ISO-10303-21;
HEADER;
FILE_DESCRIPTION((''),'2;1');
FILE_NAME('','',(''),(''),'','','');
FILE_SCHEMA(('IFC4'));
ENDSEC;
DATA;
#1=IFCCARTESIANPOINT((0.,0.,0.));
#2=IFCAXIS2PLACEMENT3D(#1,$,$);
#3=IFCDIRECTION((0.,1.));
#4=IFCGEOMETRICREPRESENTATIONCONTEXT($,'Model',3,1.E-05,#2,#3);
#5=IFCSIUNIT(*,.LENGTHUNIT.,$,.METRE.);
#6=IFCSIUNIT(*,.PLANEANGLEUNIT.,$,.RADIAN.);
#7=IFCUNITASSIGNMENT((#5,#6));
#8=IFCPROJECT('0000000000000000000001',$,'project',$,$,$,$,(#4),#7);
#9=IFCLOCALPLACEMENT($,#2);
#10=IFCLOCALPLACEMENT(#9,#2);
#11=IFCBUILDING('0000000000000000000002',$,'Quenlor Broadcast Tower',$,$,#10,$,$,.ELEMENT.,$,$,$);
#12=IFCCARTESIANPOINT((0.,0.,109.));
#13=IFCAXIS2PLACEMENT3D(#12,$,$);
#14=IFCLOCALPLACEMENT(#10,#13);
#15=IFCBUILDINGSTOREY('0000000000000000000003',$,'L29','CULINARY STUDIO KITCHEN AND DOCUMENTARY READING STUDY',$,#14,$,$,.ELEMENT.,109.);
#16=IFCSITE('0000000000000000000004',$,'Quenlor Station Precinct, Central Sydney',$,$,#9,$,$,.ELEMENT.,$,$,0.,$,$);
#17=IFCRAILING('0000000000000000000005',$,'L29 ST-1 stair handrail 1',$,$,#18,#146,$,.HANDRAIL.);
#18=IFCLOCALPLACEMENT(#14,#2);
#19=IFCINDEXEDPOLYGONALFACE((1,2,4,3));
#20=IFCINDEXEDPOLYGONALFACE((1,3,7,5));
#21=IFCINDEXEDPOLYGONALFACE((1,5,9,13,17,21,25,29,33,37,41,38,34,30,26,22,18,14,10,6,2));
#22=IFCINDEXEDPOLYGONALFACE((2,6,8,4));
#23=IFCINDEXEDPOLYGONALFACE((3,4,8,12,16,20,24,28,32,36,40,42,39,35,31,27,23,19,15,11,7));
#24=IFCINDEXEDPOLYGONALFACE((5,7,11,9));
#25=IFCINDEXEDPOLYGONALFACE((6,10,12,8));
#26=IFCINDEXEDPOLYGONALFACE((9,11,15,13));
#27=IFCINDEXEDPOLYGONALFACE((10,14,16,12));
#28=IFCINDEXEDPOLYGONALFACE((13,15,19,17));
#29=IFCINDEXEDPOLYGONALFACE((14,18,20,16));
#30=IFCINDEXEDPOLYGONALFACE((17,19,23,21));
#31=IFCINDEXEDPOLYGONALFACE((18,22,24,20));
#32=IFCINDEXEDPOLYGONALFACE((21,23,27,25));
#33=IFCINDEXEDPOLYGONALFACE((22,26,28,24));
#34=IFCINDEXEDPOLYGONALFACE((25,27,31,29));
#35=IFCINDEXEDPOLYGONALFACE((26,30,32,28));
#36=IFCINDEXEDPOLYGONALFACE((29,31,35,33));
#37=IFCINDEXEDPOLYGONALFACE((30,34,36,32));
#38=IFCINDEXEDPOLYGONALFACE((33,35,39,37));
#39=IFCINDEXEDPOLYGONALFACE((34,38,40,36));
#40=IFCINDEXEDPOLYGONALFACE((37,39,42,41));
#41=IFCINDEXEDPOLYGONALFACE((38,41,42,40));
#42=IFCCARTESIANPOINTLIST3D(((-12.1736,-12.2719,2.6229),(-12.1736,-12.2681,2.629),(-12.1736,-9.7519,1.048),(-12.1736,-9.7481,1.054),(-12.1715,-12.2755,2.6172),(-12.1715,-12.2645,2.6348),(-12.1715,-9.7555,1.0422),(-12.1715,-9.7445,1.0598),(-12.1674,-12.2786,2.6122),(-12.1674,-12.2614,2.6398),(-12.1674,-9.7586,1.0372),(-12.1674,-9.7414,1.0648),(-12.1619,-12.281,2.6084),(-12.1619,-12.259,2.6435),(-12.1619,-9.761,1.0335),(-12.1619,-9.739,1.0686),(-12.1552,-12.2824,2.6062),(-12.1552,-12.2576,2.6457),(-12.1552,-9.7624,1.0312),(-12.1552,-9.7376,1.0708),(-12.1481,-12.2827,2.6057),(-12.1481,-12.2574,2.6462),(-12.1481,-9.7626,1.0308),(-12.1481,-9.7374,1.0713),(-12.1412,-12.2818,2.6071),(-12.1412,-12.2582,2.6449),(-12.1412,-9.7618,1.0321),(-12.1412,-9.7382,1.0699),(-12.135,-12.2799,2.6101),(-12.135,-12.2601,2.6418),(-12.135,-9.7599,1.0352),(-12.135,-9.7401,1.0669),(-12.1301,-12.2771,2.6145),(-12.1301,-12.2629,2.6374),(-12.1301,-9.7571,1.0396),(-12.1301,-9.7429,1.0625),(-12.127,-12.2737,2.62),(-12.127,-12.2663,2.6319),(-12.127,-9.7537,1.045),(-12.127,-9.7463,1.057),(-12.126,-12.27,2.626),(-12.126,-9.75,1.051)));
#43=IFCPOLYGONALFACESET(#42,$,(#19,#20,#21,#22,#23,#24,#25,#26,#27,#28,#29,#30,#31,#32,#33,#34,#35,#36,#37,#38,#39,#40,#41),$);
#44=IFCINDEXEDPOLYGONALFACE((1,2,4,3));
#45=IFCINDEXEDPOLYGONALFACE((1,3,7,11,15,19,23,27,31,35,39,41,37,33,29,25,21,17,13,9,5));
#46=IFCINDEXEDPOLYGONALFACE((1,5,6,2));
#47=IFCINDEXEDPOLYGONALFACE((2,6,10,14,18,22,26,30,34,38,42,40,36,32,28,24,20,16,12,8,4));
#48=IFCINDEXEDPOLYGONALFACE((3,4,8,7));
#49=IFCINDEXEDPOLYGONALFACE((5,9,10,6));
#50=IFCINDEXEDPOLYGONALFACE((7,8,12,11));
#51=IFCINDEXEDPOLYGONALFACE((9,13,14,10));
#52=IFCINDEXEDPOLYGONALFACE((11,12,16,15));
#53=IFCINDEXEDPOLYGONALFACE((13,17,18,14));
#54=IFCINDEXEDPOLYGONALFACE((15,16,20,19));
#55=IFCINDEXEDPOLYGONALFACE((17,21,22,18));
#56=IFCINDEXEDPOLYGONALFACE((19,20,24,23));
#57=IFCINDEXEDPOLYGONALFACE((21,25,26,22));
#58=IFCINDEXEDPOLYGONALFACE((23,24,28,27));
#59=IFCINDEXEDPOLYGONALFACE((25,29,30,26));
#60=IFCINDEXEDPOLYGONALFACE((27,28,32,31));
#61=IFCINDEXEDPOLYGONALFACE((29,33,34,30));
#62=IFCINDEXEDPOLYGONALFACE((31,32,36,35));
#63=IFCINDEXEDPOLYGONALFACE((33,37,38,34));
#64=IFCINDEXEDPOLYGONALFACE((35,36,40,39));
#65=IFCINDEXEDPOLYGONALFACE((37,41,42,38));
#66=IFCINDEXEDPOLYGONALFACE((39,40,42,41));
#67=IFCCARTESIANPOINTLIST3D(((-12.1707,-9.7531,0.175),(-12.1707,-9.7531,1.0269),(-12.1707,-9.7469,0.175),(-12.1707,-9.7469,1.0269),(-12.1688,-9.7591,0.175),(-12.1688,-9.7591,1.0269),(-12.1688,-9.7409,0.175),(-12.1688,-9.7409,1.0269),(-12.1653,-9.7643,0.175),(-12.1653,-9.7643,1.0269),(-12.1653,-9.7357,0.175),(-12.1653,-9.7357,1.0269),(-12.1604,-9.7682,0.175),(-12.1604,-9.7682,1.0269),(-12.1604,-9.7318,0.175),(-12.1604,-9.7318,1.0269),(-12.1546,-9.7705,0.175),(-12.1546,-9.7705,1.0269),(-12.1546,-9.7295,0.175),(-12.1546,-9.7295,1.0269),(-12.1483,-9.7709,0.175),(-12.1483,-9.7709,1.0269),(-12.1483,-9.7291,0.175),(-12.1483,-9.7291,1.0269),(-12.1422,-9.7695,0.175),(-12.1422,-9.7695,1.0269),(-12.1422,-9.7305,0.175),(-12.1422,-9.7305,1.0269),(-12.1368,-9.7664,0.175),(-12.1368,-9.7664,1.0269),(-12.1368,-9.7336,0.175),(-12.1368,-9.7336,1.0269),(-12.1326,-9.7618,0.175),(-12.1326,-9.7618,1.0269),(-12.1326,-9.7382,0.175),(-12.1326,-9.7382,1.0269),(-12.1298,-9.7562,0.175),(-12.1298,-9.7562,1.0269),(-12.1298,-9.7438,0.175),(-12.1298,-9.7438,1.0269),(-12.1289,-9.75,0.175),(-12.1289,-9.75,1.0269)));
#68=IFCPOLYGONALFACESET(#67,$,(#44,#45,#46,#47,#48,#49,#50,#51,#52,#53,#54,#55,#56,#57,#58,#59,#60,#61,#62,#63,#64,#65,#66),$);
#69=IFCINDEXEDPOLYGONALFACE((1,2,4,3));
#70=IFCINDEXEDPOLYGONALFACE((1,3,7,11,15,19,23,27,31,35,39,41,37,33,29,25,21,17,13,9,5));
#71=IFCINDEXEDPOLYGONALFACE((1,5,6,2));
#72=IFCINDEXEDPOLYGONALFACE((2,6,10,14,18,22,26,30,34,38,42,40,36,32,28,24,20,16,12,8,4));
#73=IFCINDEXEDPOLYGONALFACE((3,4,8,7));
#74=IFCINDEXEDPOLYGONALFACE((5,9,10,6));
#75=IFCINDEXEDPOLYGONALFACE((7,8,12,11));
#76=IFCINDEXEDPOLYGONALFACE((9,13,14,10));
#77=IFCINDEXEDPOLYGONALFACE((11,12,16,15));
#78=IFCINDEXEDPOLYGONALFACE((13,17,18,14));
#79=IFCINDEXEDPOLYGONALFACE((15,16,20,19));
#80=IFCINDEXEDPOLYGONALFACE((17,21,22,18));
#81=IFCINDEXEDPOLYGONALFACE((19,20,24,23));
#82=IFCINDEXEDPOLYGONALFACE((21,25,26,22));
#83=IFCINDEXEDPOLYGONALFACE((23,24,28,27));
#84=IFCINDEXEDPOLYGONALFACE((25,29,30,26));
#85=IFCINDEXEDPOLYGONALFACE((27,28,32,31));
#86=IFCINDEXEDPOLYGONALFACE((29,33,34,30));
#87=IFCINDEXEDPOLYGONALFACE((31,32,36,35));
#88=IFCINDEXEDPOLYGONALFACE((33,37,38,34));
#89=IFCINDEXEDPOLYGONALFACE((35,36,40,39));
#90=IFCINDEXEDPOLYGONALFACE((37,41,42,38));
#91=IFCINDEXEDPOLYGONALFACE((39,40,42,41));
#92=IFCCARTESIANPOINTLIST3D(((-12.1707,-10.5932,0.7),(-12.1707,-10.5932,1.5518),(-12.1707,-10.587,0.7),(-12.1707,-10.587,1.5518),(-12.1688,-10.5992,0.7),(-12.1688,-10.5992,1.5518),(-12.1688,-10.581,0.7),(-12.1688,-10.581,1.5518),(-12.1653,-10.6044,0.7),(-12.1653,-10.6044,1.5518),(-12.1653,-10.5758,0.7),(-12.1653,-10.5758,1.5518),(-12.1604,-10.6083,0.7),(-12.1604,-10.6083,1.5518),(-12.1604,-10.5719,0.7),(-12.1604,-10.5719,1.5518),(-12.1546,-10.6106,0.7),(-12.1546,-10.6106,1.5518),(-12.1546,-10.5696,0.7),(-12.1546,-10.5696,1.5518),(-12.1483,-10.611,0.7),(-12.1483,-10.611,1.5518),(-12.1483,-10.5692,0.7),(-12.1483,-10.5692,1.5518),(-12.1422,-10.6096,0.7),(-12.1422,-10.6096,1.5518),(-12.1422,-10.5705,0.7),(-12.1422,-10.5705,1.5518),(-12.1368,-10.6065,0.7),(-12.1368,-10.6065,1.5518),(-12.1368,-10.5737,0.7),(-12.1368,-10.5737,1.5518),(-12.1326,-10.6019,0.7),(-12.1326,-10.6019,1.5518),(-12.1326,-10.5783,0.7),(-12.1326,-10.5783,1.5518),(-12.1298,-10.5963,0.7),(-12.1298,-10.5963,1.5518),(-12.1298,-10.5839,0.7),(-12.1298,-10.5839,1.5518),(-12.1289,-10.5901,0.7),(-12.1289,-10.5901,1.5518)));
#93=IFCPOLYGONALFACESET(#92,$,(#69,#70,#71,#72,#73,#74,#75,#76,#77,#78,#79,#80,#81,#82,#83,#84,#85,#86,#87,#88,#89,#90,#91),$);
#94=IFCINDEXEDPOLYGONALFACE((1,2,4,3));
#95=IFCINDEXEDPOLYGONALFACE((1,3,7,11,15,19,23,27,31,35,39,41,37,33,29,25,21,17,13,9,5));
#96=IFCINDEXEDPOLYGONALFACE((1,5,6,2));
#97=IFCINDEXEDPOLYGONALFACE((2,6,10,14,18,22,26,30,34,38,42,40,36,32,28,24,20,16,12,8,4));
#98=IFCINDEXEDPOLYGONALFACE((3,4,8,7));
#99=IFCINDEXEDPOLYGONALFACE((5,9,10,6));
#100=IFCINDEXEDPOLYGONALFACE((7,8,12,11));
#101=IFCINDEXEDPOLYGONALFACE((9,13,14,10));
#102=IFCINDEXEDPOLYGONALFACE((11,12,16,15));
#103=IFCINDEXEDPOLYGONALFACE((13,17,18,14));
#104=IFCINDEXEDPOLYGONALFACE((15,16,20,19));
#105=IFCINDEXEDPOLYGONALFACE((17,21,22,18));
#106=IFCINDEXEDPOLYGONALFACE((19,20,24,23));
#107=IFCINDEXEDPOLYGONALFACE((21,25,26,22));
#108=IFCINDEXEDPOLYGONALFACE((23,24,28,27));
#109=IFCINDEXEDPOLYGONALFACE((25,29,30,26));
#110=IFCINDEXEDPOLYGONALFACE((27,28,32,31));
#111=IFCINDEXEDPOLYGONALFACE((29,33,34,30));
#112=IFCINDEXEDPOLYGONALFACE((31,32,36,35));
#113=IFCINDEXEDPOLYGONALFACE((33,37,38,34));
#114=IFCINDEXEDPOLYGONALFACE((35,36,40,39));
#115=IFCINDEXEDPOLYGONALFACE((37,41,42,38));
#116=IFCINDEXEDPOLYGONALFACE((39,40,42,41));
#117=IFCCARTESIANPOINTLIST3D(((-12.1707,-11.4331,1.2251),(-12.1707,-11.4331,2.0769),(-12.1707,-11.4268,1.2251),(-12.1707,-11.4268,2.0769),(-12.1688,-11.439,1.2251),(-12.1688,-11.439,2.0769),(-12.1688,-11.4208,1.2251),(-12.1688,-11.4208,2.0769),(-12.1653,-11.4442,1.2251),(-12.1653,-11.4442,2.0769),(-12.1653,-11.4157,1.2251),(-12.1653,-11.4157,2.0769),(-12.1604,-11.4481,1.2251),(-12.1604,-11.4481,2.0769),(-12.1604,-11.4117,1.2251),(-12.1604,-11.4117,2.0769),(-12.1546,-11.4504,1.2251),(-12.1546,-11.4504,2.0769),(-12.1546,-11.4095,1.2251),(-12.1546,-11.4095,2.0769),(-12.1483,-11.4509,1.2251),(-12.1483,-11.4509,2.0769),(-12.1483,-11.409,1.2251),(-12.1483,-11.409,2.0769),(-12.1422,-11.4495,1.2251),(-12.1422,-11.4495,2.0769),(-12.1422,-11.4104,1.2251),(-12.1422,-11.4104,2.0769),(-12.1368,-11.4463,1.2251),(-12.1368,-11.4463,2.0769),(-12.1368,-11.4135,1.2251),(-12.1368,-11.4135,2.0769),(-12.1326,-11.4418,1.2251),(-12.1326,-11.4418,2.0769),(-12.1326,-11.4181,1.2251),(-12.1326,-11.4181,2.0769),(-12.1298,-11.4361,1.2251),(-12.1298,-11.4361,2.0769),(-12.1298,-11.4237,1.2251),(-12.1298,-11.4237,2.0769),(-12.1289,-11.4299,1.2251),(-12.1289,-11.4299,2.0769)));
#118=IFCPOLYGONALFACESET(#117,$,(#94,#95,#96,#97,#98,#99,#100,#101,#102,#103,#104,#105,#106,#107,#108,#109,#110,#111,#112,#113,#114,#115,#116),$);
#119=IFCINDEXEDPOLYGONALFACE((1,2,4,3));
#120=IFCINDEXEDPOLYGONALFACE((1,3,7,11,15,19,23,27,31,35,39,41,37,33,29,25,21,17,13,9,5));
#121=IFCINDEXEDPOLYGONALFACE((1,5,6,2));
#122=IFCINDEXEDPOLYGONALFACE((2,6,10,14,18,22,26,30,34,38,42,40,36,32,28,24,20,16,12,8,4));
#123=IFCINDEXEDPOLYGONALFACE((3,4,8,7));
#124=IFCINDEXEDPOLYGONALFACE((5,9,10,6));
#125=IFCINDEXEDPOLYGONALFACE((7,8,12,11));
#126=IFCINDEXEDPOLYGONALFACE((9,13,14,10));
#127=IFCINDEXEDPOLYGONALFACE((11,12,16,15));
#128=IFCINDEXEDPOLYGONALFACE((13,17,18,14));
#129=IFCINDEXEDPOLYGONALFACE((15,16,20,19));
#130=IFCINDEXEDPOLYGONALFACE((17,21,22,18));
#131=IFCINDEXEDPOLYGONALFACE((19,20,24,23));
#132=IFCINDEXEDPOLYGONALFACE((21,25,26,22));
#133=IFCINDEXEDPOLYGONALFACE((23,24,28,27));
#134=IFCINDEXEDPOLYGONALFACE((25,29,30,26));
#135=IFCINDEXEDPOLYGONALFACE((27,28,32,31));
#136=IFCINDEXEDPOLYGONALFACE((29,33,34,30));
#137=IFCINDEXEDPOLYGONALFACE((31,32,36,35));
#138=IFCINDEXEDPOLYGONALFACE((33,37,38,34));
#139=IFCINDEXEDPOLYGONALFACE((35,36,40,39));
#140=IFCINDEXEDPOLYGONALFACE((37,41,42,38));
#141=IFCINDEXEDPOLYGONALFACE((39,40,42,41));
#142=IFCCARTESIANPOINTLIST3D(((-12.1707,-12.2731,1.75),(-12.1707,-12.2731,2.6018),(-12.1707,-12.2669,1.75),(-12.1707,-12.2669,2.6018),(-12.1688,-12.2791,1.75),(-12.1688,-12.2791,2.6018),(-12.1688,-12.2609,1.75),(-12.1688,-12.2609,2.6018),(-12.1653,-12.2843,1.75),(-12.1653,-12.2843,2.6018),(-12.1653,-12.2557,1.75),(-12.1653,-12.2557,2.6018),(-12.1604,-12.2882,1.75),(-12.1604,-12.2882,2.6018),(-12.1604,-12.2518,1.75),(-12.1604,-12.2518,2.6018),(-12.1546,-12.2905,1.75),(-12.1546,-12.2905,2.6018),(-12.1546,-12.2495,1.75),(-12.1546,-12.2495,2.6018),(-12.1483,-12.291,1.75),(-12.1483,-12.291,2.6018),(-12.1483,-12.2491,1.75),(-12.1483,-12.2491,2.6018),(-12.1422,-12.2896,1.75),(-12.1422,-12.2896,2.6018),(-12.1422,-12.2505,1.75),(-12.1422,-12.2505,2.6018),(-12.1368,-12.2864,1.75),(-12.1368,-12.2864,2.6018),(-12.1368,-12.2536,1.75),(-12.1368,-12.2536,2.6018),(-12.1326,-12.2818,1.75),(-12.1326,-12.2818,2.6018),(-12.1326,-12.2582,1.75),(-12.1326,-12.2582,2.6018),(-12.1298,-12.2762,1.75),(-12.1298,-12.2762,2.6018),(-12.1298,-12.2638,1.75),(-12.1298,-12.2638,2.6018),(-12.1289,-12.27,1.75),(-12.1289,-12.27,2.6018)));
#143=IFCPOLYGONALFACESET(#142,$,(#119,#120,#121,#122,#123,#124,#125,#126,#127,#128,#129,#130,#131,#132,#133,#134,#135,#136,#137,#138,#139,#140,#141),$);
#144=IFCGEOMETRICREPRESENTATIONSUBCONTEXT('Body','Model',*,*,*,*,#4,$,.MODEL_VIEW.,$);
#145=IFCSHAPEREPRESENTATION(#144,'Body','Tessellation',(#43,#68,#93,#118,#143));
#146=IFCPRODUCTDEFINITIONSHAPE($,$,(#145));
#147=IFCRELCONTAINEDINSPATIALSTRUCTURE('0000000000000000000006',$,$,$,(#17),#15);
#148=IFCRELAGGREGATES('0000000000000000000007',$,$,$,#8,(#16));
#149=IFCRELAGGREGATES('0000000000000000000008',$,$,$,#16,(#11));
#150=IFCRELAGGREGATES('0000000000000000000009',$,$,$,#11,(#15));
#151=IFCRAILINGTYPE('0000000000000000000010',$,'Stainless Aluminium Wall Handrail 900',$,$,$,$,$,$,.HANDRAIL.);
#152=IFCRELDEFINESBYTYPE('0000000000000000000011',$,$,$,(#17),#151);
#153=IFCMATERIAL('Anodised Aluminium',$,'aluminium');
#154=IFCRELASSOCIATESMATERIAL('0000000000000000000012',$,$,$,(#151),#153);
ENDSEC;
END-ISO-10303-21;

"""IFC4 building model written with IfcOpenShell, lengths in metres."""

from ifc_helpers import new_model, si_unit, direction, frame, origin, origin_2d, place, context, subcontext, project, spatial, circle, extrude, material, type_object, element, save


model = new_model("IFC4")

# Units and contexts
model_context = context("Model", 3, precision=1e-05, world=origin(), true_north=direction((0.0, 1.0)))
body_context = subcontext(model_context, "Body", "Model", "MODEL_VIEW")
ifc_project = project(units=[si_unit("LENGTHUNIT", "METRE"), si_unit("PLANEANGLEUNIT", "RADIAN")], contexts=[model_context])

# Site, building, storey
site_placement = place(None, origin())
site = spatial("IfcSite", under=ifc_project, at=site_placement, Name="Quenlor Station Precinct, Central Sydney", CompositionType="ELEMENT", RefElevation=0.0)
building_placement = place(site_placement, origin())
building = spatial("IfcBuilding", under=site, at=building_placement, Name="Quenlor Broadcast Tower", CompositionType="ELEMENT")
storey_placement = place(building_placement, frame((0.0, 0.0, 109.0)))
storey = spatial("IfcBuildingStorey", under=building, at=storey_placement, Name="L29", Description="CULINARY STUDIO KITCHEN AND DOCUMENTARY READING STUDY", CompositionType="ELEMENT", Elevation=109.0)

# Railing
ifc_material_1 = material(Name="Anodised Aluminium", Category="aluminium")
railing_type_1 = type_object("IfcRailingType", Name="Stainless Aluminium Wall Handrail 900", PredefinedType="HANDRAIL", material=ifc_material_1)
railing_1_placement = place(storey_placement, frame((-12.1499, -9.75, 0.175)))
element("IfcRailing", 1, at=railing_1_placement, inside=storey, type_object=railing_type_1, Name="L29 ST-1 stair handrail 1", PredefinedType="HANDRAIL", context=body_context, shape_type="SweptSolid", body=[
    extrude(circle(Radius=0.0239, at=origin_2d()), frame((0.0, 0.0, 0.876), z_axis=(0.0, -0.848008, 0.529984), x_axis=(1.0, 0.0, 0.0)), (0.0, 0.0, 1.0), 2.9717),
    extrude(circle(Radius=0.021, at=origin_2d()), origin(), (0.0, 0.0, 1.0), 0.8518),
    extrude(circle(Radius=0.021, at=origin_2d()), frame((0.0, -0.8401, 0.5249)), (0.0, 0.0, 1.0), 0.8518),
    extrude(circle(Radius=0.021, at=origin_2d()), frame((0.0, -1.6799, 1.05)), (0.0, 0.0, 1.0), 0.8518),
    extrude(circle(Radius=0.021, at=origin_2d()), frame((0.0, -2.52, 1.575)), (0.0, 0.0, 1.0), 0.8518),
])

save(model, "model.ifc")
